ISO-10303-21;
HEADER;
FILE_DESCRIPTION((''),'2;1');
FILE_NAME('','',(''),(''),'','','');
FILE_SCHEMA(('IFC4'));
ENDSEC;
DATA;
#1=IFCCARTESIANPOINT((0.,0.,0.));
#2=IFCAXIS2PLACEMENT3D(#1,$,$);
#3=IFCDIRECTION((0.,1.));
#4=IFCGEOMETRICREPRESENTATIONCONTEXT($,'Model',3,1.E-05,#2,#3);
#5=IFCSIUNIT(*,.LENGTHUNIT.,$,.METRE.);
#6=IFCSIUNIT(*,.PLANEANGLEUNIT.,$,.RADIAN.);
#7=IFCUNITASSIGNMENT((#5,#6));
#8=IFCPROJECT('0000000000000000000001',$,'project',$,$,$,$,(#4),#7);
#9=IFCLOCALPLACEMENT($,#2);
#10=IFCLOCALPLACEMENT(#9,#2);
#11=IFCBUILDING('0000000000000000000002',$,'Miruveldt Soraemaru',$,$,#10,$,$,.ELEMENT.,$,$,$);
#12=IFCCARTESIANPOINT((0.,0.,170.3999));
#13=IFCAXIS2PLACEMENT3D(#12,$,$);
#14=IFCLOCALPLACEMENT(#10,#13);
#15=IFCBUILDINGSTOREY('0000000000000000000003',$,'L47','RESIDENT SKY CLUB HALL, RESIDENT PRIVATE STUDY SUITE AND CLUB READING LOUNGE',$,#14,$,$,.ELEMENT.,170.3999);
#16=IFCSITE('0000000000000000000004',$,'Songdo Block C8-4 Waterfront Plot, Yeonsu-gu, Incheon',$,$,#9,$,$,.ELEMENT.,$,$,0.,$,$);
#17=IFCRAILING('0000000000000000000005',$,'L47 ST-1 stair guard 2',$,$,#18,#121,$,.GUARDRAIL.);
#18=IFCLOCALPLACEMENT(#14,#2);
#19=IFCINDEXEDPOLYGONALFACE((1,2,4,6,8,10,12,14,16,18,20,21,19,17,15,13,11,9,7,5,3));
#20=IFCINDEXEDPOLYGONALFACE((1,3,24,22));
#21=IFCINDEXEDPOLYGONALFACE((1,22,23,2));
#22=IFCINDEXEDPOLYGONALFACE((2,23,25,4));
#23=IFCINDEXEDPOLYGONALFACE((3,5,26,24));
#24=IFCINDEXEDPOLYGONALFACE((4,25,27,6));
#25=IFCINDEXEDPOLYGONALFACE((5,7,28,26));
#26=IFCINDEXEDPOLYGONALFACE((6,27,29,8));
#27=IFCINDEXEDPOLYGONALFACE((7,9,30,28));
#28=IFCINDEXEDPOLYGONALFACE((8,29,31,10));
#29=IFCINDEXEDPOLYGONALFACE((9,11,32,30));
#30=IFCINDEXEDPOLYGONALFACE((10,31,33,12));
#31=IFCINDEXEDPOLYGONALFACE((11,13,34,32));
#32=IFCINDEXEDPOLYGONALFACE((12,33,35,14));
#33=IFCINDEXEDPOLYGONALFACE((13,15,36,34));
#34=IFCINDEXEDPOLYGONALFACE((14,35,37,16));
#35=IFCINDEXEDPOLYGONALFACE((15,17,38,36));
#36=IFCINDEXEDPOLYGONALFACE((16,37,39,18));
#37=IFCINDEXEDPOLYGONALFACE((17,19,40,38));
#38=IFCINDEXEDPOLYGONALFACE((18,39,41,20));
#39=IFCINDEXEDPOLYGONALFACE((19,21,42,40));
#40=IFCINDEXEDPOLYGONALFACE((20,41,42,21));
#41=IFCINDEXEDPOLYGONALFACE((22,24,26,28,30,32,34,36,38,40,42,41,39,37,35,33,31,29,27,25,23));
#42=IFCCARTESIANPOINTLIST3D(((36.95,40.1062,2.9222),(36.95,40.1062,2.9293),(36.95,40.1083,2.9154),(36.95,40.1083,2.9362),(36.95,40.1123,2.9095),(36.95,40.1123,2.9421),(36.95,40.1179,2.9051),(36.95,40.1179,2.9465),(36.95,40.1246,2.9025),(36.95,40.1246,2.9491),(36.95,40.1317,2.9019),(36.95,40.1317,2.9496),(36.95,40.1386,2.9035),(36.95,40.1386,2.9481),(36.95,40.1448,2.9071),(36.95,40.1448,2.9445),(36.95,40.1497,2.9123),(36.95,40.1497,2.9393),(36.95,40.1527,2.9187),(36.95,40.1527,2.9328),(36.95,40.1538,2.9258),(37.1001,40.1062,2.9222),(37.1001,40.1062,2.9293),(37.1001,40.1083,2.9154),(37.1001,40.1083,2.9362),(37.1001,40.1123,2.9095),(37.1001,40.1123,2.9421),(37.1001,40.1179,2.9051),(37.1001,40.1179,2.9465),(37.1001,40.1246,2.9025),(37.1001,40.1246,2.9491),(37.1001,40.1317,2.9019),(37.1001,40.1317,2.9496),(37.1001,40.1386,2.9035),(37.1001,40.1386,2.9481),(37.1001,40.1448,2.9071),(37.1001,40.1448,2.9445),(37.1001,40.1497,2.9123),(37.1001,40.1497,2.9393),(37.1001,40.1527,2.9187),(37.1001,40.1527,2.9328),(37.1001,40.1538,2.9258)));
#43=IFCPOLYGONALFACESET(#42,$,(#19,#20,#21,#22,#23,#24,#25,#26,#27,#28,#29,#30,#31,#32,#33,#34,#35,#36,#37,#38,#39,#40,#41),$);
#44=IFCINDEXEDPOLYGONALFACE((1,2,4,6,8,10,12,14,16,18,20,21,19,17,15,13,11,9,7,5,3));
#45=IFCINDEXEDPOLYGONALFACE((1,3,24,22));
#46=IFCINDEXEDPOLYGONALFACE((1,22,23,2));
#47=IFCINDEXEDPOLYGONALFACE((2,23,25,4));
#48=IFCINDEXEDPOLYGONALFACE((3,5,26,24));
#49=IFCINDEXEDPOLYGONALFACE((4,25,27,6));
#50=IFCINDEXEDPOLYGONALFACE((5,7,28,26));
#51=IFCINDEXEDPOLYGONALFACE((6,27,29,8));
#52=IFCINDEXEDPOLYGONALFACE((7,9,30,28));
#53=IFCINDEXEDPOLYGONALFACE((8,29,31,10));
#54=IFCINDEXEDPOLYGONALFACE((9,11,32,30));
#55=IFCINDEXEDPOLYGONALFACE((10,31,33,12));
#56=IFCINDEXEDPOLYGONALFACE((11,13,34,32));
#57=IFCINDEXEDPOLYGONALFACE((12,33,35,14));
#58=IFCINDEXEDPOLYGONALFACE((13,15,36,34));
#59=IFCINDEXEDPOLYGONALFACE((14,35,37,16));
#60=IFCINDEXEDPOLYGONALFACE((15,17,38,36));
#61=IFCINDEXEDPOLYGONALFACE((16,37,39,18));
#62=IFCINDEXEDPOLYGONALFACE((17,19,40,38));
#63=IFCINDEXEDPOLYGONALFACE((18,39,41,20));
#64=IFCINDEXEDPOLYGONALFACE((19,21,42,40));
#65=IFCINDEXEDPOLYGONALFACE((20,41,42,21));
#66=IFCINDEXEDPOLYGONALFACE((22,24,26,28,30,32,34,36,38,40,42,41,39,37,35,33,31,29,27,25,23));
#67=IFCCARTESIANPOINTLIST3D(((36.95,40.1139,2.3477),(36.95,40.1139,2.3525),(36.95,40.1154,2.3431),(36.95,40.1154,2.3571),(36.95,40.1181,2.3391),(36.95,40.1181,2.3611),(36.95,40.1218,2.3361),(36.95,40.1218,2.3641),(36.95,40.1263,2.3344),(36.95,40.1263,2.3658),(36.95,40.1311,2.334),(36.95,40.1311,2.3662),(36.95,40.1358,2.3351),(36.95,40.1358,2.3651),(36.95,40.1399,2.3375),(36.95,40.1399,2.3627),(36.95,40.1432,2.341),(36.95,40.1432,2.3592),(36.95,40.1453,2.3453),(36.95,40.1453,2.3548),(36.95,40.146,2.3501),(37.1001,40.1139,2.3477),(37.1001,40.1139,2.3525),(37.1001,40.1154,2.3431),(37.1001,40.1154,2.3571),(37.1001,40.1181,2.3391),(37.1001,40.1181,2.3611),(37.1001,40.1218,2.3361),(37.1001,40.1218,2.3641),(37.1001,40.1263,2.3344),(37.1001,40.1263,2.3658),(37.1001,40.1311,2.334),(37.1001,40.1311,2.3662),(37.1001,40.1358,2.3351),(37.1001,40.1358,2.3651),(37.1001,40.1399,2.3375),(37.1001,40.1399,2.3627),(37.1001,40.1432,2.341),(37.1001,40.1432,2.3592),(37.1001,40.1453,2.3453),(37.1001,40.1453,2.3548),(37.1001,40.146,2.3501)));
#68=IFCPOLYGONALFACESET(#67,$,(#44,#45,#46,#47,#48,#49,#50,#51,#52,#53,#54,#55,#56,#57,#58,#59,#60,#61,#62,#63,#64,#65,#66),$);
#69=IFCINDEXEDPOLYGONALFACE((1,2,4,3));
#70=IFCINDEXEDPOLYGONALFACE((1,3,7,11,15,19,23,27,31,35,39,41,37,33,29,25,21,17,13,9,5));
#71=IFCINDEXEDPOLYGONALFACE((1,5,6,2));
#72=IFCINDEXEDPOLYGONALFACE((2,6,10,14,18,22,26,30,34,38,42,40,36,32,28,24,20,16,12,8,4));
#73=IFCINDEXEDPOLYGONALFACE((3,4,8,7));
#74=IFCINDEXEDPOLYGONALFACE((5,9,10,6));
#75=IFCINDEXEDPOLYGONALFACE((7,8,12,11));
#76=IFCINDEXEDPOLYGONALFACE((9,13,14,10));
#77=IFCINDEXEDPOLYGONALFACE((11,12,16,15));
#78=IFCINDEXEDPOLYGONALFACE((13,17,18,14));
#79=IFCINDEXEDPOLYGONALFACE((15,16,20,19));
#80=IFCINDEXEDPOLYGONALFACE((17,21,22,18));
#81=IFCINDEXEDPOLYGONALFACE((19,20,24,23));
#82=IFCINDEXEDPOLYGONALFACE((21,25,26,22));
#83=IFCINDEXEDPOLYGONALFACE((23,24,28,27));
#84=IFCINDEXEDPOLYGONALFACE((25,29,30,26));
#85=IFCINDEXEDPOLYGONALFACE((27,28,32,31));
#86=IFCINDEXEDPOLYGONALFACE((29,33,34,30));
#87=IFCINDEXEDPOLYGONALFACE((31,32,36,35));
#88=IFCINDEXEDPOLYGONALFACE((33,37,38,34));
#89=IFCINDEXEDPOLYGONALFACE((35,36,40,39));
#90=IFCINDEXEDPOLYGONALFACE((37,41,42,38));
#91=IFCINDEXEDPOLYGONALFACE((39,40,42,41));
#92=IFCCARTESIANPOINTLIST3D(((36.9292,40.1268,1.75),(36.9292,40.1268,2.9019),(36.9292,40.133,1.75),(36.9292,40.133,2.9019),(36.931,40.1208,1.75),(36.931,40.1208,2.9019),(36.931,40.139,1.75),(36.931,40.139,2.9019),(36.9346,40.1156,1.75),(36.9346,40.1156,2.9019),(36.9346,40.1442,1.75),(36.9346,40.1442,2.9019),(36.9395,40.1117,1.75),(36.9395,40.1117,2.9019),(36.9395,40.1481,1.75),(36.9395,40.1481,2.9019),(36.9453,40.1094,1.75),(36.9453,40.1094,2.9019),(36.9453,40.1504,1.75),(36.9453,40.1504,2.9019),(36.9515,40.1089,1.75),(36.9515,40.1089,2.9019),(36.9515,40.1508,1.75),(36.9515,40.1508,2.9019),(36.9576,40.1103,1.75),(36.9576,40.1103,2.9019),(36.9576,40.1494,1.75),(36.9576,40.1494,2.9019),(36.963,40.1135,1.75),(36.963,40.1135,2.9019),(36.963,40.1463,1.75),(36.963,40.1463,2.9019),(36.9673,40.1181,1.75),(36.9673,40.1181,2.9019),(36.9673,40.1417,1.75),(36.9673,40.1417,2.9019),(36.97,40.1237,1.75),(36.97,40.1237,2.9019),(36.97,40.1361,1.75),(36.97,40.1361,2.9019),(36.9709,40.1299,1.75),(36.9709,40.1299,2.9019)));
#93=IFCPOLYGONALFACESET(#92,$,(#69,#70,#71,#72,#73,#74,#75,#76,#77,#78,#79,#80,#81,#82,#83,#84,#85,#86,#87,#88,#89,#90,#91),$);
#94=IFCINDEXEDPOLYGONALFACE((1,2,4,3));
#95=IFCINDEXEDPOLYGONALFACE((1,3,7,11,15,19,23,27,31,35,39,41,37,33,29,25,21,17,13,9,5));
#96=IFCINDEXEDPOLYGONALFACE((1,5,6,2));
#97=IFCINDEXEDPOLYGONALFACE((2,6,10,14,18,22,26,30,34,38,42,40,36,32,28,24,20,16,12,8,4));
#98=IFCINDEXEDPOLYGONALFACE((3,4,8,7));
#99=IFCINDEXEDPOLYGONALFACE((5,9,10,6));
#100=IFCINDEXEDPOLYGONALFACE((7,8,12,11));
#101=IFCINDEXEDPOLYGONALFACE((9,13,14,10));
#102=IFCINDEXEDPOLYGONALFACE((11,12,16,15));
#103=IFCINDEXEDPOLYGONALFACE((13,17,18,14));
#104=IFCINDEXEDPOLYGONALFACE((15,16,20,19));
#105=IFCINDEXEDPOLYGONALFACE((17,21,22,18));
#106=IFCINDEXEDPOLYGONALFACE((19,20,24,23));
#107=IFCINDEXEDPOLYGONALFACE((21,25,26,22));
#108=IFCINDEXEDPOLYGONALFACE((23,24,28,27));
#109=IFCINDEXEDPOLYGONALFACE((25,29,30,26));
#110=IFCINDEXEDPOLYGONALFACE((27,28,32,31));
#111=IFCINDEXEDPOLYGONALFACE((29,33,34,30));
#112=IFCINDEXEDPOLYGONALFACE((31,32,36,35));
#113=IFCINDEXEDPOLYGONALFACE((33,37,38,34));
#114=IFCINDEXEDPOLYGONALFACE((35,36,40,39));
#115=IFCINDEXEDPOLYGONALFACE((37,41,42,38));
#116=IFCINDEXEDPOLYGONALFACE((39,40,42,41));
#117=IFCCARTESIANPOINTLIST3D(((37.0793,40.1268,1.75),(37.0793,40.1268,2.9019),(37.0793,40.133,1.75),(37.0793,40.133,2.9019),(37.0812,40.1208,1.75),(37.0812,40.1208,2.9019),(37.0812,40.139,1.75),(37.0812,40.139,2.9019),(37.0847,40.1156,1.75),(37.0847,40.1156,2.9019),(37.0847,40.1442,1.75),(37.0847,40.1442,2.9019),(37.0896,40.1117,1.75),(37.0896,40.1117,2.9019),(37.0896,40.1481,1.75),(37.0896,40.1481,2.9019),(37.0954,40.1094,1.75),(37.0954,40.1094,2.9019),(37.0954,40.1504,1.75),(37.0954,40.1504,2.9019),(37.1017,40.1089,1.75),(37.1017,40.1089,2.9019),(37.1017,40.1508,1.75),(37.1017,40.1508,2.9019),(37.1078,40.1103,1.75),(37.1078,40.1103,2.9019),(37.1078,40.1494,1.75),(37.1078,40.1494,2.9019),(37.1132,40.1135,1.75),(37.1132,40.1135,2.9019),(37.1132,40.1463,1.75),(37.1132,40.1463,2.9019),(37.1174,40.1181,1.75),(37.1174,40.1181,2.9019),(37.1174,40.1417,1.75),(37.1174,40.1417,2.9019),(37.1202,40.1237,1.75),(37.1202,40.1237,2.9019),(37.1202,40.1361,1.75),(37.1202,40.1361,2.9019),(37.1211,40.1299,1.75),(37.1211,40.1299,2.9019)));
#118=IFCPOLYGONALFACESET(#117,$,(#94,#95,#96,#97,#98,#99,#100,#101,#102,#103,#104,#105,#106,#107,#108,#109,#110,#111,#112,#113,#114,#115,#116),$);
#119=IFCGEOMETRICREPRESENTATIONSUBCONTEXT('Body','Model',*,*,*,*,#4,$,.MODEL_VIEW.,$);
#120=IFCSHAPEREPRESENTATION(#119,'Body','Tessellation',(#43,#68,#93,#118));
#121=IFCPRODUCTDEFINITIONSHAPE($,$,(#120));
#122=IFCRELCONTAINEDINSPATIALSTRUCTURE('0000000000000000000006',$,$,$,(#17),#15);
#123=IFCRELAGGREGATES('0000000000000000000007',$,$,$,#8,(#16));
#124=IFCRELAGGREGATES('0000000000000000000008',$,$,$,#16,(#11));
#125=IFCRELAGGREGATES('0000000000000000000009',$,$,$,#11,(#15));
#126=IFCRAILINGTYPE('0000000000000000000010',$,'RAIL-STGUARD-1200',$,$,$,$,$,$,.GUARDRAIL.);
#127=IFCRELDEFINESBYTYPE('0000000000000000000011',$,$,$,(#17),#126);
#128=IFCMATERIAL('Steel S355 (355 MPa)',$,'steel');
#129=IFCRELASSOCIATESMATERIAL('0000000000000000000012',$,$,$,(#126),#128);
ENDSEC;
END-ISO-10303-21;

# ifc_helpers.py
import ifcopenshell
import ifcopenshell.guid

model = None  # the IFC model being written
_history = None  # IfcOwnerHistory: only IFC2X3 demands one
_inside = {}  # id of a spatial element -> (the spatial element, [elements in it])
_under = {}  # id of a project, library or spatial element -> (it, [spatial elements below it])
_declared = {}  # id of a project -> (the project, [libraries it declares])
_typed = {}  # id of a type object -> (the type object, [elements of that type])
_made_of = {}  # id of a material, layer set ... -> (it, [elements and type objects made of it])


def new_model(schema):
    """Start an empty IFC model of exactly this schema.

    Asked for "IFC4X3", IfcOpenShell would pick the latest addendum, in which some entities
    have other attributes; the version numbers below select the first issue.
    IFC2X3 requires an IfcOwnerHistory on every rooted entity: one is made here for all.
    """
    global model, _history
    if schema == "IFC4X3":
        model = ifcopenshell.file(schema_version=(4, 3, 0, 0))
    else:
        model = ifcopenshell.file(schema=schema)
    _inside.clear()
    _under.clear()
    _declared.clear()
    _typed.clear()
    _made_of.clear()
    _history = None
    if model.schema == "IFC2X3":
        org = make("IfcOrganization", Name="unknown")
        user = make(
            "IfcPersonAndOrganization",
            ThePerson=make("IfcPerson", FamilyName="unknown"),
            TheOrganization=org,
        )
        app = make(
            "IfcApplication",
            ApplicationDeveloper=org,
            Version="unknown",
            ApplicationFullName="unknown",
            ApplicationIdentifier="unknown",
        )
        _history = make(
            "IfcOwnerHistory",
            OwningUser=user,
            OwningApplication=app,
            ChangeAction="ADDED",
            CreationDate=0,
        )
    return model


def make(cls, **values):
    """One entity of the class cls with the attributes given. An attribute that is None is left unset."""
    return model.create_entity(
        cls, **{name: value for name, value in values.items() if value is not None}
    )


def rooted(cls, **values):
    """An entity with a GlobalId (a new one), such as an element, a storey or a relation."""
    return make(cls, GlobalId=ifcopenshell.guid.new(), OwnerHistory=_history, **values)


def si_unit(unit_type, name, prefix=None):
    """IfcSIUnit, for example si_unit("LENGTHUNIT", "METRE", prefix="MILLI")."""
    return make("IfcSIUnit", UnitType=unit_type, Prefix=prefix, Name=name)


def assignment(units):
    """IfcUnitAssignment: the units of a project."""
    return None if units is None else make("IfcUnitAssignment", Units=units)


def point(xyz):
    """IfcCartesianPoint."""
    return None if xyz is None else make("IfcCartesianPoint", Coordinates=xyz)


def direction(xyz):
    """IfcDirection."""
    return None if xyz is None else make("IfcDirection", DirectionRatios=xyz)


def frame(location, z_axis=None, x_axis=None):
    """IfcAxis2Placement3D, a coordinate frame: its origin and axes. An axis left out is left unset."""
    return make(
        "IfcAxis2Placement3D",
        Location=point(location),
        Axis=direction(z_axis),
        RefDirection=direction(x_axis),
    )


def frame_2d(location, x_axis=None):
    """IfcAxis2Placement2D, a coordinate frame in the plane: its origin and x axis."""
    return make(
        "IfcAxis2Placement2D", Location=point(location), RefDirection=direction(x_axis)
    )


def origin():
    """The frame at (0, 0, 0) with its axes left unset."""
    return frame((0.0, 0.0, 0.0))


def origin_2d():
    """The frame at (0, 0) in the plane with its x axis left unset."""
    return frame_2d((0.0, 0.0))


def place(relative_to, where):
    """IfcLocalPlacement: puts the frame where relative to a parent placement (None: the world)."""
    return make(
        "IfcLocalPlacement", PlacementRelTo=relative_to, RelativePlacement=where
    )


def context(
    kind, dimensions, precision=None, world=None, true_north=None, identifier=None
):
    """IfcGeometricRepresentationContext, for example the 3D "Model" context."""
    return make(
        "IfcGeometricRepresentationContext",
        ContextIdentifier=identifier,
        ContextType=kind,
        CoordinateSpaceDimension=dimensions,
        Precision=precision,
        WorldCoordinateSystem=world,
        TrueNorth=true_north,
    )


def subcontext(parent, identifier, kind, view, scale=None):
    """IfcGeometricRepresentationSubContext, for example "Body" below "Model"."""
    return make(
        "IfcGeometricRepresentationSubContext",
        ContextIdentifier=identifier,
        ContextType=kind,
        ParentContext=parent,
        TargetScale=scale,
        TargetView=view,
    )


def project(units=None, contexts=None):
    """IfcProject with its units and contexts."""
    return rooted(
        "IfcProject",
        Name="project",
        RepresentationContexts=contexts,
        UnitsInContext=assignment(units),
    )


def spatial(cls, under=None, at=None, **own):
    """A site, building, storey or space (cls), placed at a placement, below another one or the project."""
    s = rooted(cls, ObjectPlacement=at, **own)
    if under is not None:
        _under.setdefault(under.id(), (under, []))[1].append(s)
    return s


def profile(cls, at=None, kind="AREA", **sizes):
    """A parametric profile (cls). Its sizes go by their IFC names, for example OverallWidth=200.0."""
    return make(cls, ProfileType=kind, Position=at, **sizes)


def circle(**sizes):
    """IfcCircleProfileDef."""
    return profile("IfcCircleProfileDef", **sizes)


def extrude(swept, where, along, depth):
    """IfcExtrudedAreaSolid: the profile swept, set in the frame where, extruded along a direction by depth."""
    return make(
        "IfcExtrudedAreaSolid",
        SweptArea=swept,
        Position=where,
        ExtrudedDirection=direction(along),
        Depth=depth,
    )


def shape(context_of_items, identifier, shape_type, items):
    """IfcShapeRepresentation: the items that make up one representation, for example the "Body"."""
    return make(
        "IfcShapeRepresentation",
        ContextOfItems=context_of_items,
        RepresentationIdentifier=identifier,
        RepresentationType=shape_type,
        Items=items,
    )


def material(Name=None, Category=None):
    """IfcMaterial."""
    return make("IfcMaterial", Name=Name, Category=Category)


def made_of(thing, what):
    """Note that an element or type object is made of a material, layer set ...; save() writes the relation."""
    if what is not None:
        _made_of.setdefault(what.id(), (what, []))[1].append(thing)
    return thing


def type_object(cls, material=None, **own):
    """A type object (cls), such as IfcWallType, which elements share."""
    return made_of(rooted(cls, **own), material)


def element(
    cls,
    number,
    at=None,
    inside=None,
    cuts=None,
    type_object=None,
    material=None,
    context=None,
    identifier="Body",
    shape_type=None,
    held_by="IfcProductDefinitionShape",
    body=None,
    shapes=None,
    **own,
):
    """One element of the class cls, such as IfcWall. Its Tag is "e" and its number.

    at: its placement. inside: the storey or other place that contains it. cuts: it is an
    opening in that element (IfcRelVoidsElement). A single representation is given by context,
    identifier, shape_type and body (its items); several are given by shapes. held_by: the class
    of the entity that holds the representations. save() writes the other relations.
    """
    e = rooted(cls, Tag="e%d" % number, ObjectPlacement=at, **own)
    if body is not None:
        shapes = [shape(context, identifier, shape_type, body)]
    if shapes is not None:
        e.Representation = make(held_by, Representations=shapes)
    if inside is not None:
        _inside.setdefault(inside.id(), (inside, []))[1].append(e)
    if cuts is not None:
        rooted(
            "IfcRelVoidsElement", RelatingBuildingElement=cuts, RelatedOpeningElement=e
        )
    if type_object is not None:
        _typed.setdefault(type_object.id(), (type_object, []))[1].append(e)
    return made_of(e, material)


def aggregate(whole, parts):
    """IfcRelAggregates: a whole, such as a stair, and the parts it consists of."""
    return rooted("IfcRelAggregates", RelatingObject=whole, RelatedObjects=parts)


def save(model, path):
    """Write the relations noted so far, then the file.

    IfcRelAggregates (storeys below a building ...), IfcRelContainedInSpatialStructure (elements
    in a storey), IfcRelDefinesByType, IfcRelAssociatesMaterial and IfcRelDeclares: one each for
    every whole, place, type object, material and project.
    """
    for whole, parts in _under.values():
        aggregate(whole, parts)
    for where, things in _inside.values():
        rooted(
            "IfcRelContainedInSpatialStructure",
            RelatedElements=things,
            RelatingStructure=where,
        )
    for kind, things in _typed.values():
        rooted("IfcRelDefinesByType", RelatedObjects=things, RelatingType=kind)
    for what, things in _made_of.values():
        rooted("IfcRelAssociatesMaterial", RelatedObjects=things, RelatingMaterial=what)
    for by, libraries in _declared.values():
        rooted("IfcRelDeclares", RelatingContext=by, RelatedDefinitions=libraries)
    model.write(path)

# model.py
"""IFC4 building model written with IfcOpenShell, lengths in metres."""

from ifc_helpers import new_model, si_unit, direction, frame, origin, origin_2d, place, context, subcontext, project, spatial, circle, extrude, material, type_object, element, save


model = new_model("IFC4")

# Units and contexts
model_context = context("Model", 3, precision=1e-05, world=origin(), true_north=direction((0.0, 1.0)))
body_context = subcontext(model_context, "Body", "Model", "MODEL_VIEW")
ifc_project = project(units=[si_unit("LENGTHUNIT", "METRE"), si_unit("PLANEANGLEUNIT", "RADIAN")], contexts=[model_context])

# Site, building, storey
site_placement = place(None, origin())
site = spatial("IfcSite", under=ifc_project, at=site_placement, Name="Songdo Block C8-4 Waterfront Plot, Yeonsu-gu, Incheon", CompositionType="ELEMENT", RefElevation=0.0)
building_placement = place(site_placement, origin())
building = spatial("IfcBuilding", under=site, at=building_placement, Name="Miruveldt Soraemaru", CompositionType="ELEMENT")
storey_placement = place(building_placement, frame((0.0, 0.0, 170.3999)))
storey = spatial("IfcBuildingStorey", under=building, at=storey_placement, Name="L47", Description="RESIDENT SKY CLUB HALL, RESIDENT PRIVATE STUDY SUITE AND CLUB READING LOUNGE", CompositionType="ELEMENT", Elevation=170.3999)

# Railing
ifc_material_1 = material(Name="Steel S355 (355 MPa)", Category="steel")
railing_type_1 = type_object("IfcRailingType", Name="RAIL-STGUARD-1200", PredefinedType="GUARDRAIL", material=ifc_material_1)
railing_1_placement = place(storey_placement, frame((36.95, 40.1299, 1.75)))
element("IfcRailing", 1, at=railing_1_placement, inside=storey, type_object=railing_type_1, Name="L47 ST-1 stair guard 2", PredefinedType="GUARDRAIL", context=body_context, shape_type="SweptSolid", body=[
    extrude(circle(Radius=0.0239, at=origin_2d()), frame((0.0, 0.0, 1.1758), z_axis=(1.0, 0.0, 0.0), x_axis=(0.0, 1.0, 0.0)), (0.0, 0.0, 1.0), 0.1501),
    extrude(circle(Radius=0.0161, at=origin_2d()), frame((0.0, 0.0, 0.6001), z_axis=(1.0, 0.0, 0.0), x_axis=(0.0, 1.0, 0.0)), (0.0, 0.0, 1.0), 0.1501),
    extrude(circle(Radius=0.021, at=origin_2d()), origin(), (0.0, 0.0, 1.0), 1.1519),
    extrude(circle(Radius=0.021, at=origin_2d()), frame((0.1501, 0.0, 0.0)), (0.0, 0.0, 1.0), 1.1519),
])

save(model, "model.ifc")
